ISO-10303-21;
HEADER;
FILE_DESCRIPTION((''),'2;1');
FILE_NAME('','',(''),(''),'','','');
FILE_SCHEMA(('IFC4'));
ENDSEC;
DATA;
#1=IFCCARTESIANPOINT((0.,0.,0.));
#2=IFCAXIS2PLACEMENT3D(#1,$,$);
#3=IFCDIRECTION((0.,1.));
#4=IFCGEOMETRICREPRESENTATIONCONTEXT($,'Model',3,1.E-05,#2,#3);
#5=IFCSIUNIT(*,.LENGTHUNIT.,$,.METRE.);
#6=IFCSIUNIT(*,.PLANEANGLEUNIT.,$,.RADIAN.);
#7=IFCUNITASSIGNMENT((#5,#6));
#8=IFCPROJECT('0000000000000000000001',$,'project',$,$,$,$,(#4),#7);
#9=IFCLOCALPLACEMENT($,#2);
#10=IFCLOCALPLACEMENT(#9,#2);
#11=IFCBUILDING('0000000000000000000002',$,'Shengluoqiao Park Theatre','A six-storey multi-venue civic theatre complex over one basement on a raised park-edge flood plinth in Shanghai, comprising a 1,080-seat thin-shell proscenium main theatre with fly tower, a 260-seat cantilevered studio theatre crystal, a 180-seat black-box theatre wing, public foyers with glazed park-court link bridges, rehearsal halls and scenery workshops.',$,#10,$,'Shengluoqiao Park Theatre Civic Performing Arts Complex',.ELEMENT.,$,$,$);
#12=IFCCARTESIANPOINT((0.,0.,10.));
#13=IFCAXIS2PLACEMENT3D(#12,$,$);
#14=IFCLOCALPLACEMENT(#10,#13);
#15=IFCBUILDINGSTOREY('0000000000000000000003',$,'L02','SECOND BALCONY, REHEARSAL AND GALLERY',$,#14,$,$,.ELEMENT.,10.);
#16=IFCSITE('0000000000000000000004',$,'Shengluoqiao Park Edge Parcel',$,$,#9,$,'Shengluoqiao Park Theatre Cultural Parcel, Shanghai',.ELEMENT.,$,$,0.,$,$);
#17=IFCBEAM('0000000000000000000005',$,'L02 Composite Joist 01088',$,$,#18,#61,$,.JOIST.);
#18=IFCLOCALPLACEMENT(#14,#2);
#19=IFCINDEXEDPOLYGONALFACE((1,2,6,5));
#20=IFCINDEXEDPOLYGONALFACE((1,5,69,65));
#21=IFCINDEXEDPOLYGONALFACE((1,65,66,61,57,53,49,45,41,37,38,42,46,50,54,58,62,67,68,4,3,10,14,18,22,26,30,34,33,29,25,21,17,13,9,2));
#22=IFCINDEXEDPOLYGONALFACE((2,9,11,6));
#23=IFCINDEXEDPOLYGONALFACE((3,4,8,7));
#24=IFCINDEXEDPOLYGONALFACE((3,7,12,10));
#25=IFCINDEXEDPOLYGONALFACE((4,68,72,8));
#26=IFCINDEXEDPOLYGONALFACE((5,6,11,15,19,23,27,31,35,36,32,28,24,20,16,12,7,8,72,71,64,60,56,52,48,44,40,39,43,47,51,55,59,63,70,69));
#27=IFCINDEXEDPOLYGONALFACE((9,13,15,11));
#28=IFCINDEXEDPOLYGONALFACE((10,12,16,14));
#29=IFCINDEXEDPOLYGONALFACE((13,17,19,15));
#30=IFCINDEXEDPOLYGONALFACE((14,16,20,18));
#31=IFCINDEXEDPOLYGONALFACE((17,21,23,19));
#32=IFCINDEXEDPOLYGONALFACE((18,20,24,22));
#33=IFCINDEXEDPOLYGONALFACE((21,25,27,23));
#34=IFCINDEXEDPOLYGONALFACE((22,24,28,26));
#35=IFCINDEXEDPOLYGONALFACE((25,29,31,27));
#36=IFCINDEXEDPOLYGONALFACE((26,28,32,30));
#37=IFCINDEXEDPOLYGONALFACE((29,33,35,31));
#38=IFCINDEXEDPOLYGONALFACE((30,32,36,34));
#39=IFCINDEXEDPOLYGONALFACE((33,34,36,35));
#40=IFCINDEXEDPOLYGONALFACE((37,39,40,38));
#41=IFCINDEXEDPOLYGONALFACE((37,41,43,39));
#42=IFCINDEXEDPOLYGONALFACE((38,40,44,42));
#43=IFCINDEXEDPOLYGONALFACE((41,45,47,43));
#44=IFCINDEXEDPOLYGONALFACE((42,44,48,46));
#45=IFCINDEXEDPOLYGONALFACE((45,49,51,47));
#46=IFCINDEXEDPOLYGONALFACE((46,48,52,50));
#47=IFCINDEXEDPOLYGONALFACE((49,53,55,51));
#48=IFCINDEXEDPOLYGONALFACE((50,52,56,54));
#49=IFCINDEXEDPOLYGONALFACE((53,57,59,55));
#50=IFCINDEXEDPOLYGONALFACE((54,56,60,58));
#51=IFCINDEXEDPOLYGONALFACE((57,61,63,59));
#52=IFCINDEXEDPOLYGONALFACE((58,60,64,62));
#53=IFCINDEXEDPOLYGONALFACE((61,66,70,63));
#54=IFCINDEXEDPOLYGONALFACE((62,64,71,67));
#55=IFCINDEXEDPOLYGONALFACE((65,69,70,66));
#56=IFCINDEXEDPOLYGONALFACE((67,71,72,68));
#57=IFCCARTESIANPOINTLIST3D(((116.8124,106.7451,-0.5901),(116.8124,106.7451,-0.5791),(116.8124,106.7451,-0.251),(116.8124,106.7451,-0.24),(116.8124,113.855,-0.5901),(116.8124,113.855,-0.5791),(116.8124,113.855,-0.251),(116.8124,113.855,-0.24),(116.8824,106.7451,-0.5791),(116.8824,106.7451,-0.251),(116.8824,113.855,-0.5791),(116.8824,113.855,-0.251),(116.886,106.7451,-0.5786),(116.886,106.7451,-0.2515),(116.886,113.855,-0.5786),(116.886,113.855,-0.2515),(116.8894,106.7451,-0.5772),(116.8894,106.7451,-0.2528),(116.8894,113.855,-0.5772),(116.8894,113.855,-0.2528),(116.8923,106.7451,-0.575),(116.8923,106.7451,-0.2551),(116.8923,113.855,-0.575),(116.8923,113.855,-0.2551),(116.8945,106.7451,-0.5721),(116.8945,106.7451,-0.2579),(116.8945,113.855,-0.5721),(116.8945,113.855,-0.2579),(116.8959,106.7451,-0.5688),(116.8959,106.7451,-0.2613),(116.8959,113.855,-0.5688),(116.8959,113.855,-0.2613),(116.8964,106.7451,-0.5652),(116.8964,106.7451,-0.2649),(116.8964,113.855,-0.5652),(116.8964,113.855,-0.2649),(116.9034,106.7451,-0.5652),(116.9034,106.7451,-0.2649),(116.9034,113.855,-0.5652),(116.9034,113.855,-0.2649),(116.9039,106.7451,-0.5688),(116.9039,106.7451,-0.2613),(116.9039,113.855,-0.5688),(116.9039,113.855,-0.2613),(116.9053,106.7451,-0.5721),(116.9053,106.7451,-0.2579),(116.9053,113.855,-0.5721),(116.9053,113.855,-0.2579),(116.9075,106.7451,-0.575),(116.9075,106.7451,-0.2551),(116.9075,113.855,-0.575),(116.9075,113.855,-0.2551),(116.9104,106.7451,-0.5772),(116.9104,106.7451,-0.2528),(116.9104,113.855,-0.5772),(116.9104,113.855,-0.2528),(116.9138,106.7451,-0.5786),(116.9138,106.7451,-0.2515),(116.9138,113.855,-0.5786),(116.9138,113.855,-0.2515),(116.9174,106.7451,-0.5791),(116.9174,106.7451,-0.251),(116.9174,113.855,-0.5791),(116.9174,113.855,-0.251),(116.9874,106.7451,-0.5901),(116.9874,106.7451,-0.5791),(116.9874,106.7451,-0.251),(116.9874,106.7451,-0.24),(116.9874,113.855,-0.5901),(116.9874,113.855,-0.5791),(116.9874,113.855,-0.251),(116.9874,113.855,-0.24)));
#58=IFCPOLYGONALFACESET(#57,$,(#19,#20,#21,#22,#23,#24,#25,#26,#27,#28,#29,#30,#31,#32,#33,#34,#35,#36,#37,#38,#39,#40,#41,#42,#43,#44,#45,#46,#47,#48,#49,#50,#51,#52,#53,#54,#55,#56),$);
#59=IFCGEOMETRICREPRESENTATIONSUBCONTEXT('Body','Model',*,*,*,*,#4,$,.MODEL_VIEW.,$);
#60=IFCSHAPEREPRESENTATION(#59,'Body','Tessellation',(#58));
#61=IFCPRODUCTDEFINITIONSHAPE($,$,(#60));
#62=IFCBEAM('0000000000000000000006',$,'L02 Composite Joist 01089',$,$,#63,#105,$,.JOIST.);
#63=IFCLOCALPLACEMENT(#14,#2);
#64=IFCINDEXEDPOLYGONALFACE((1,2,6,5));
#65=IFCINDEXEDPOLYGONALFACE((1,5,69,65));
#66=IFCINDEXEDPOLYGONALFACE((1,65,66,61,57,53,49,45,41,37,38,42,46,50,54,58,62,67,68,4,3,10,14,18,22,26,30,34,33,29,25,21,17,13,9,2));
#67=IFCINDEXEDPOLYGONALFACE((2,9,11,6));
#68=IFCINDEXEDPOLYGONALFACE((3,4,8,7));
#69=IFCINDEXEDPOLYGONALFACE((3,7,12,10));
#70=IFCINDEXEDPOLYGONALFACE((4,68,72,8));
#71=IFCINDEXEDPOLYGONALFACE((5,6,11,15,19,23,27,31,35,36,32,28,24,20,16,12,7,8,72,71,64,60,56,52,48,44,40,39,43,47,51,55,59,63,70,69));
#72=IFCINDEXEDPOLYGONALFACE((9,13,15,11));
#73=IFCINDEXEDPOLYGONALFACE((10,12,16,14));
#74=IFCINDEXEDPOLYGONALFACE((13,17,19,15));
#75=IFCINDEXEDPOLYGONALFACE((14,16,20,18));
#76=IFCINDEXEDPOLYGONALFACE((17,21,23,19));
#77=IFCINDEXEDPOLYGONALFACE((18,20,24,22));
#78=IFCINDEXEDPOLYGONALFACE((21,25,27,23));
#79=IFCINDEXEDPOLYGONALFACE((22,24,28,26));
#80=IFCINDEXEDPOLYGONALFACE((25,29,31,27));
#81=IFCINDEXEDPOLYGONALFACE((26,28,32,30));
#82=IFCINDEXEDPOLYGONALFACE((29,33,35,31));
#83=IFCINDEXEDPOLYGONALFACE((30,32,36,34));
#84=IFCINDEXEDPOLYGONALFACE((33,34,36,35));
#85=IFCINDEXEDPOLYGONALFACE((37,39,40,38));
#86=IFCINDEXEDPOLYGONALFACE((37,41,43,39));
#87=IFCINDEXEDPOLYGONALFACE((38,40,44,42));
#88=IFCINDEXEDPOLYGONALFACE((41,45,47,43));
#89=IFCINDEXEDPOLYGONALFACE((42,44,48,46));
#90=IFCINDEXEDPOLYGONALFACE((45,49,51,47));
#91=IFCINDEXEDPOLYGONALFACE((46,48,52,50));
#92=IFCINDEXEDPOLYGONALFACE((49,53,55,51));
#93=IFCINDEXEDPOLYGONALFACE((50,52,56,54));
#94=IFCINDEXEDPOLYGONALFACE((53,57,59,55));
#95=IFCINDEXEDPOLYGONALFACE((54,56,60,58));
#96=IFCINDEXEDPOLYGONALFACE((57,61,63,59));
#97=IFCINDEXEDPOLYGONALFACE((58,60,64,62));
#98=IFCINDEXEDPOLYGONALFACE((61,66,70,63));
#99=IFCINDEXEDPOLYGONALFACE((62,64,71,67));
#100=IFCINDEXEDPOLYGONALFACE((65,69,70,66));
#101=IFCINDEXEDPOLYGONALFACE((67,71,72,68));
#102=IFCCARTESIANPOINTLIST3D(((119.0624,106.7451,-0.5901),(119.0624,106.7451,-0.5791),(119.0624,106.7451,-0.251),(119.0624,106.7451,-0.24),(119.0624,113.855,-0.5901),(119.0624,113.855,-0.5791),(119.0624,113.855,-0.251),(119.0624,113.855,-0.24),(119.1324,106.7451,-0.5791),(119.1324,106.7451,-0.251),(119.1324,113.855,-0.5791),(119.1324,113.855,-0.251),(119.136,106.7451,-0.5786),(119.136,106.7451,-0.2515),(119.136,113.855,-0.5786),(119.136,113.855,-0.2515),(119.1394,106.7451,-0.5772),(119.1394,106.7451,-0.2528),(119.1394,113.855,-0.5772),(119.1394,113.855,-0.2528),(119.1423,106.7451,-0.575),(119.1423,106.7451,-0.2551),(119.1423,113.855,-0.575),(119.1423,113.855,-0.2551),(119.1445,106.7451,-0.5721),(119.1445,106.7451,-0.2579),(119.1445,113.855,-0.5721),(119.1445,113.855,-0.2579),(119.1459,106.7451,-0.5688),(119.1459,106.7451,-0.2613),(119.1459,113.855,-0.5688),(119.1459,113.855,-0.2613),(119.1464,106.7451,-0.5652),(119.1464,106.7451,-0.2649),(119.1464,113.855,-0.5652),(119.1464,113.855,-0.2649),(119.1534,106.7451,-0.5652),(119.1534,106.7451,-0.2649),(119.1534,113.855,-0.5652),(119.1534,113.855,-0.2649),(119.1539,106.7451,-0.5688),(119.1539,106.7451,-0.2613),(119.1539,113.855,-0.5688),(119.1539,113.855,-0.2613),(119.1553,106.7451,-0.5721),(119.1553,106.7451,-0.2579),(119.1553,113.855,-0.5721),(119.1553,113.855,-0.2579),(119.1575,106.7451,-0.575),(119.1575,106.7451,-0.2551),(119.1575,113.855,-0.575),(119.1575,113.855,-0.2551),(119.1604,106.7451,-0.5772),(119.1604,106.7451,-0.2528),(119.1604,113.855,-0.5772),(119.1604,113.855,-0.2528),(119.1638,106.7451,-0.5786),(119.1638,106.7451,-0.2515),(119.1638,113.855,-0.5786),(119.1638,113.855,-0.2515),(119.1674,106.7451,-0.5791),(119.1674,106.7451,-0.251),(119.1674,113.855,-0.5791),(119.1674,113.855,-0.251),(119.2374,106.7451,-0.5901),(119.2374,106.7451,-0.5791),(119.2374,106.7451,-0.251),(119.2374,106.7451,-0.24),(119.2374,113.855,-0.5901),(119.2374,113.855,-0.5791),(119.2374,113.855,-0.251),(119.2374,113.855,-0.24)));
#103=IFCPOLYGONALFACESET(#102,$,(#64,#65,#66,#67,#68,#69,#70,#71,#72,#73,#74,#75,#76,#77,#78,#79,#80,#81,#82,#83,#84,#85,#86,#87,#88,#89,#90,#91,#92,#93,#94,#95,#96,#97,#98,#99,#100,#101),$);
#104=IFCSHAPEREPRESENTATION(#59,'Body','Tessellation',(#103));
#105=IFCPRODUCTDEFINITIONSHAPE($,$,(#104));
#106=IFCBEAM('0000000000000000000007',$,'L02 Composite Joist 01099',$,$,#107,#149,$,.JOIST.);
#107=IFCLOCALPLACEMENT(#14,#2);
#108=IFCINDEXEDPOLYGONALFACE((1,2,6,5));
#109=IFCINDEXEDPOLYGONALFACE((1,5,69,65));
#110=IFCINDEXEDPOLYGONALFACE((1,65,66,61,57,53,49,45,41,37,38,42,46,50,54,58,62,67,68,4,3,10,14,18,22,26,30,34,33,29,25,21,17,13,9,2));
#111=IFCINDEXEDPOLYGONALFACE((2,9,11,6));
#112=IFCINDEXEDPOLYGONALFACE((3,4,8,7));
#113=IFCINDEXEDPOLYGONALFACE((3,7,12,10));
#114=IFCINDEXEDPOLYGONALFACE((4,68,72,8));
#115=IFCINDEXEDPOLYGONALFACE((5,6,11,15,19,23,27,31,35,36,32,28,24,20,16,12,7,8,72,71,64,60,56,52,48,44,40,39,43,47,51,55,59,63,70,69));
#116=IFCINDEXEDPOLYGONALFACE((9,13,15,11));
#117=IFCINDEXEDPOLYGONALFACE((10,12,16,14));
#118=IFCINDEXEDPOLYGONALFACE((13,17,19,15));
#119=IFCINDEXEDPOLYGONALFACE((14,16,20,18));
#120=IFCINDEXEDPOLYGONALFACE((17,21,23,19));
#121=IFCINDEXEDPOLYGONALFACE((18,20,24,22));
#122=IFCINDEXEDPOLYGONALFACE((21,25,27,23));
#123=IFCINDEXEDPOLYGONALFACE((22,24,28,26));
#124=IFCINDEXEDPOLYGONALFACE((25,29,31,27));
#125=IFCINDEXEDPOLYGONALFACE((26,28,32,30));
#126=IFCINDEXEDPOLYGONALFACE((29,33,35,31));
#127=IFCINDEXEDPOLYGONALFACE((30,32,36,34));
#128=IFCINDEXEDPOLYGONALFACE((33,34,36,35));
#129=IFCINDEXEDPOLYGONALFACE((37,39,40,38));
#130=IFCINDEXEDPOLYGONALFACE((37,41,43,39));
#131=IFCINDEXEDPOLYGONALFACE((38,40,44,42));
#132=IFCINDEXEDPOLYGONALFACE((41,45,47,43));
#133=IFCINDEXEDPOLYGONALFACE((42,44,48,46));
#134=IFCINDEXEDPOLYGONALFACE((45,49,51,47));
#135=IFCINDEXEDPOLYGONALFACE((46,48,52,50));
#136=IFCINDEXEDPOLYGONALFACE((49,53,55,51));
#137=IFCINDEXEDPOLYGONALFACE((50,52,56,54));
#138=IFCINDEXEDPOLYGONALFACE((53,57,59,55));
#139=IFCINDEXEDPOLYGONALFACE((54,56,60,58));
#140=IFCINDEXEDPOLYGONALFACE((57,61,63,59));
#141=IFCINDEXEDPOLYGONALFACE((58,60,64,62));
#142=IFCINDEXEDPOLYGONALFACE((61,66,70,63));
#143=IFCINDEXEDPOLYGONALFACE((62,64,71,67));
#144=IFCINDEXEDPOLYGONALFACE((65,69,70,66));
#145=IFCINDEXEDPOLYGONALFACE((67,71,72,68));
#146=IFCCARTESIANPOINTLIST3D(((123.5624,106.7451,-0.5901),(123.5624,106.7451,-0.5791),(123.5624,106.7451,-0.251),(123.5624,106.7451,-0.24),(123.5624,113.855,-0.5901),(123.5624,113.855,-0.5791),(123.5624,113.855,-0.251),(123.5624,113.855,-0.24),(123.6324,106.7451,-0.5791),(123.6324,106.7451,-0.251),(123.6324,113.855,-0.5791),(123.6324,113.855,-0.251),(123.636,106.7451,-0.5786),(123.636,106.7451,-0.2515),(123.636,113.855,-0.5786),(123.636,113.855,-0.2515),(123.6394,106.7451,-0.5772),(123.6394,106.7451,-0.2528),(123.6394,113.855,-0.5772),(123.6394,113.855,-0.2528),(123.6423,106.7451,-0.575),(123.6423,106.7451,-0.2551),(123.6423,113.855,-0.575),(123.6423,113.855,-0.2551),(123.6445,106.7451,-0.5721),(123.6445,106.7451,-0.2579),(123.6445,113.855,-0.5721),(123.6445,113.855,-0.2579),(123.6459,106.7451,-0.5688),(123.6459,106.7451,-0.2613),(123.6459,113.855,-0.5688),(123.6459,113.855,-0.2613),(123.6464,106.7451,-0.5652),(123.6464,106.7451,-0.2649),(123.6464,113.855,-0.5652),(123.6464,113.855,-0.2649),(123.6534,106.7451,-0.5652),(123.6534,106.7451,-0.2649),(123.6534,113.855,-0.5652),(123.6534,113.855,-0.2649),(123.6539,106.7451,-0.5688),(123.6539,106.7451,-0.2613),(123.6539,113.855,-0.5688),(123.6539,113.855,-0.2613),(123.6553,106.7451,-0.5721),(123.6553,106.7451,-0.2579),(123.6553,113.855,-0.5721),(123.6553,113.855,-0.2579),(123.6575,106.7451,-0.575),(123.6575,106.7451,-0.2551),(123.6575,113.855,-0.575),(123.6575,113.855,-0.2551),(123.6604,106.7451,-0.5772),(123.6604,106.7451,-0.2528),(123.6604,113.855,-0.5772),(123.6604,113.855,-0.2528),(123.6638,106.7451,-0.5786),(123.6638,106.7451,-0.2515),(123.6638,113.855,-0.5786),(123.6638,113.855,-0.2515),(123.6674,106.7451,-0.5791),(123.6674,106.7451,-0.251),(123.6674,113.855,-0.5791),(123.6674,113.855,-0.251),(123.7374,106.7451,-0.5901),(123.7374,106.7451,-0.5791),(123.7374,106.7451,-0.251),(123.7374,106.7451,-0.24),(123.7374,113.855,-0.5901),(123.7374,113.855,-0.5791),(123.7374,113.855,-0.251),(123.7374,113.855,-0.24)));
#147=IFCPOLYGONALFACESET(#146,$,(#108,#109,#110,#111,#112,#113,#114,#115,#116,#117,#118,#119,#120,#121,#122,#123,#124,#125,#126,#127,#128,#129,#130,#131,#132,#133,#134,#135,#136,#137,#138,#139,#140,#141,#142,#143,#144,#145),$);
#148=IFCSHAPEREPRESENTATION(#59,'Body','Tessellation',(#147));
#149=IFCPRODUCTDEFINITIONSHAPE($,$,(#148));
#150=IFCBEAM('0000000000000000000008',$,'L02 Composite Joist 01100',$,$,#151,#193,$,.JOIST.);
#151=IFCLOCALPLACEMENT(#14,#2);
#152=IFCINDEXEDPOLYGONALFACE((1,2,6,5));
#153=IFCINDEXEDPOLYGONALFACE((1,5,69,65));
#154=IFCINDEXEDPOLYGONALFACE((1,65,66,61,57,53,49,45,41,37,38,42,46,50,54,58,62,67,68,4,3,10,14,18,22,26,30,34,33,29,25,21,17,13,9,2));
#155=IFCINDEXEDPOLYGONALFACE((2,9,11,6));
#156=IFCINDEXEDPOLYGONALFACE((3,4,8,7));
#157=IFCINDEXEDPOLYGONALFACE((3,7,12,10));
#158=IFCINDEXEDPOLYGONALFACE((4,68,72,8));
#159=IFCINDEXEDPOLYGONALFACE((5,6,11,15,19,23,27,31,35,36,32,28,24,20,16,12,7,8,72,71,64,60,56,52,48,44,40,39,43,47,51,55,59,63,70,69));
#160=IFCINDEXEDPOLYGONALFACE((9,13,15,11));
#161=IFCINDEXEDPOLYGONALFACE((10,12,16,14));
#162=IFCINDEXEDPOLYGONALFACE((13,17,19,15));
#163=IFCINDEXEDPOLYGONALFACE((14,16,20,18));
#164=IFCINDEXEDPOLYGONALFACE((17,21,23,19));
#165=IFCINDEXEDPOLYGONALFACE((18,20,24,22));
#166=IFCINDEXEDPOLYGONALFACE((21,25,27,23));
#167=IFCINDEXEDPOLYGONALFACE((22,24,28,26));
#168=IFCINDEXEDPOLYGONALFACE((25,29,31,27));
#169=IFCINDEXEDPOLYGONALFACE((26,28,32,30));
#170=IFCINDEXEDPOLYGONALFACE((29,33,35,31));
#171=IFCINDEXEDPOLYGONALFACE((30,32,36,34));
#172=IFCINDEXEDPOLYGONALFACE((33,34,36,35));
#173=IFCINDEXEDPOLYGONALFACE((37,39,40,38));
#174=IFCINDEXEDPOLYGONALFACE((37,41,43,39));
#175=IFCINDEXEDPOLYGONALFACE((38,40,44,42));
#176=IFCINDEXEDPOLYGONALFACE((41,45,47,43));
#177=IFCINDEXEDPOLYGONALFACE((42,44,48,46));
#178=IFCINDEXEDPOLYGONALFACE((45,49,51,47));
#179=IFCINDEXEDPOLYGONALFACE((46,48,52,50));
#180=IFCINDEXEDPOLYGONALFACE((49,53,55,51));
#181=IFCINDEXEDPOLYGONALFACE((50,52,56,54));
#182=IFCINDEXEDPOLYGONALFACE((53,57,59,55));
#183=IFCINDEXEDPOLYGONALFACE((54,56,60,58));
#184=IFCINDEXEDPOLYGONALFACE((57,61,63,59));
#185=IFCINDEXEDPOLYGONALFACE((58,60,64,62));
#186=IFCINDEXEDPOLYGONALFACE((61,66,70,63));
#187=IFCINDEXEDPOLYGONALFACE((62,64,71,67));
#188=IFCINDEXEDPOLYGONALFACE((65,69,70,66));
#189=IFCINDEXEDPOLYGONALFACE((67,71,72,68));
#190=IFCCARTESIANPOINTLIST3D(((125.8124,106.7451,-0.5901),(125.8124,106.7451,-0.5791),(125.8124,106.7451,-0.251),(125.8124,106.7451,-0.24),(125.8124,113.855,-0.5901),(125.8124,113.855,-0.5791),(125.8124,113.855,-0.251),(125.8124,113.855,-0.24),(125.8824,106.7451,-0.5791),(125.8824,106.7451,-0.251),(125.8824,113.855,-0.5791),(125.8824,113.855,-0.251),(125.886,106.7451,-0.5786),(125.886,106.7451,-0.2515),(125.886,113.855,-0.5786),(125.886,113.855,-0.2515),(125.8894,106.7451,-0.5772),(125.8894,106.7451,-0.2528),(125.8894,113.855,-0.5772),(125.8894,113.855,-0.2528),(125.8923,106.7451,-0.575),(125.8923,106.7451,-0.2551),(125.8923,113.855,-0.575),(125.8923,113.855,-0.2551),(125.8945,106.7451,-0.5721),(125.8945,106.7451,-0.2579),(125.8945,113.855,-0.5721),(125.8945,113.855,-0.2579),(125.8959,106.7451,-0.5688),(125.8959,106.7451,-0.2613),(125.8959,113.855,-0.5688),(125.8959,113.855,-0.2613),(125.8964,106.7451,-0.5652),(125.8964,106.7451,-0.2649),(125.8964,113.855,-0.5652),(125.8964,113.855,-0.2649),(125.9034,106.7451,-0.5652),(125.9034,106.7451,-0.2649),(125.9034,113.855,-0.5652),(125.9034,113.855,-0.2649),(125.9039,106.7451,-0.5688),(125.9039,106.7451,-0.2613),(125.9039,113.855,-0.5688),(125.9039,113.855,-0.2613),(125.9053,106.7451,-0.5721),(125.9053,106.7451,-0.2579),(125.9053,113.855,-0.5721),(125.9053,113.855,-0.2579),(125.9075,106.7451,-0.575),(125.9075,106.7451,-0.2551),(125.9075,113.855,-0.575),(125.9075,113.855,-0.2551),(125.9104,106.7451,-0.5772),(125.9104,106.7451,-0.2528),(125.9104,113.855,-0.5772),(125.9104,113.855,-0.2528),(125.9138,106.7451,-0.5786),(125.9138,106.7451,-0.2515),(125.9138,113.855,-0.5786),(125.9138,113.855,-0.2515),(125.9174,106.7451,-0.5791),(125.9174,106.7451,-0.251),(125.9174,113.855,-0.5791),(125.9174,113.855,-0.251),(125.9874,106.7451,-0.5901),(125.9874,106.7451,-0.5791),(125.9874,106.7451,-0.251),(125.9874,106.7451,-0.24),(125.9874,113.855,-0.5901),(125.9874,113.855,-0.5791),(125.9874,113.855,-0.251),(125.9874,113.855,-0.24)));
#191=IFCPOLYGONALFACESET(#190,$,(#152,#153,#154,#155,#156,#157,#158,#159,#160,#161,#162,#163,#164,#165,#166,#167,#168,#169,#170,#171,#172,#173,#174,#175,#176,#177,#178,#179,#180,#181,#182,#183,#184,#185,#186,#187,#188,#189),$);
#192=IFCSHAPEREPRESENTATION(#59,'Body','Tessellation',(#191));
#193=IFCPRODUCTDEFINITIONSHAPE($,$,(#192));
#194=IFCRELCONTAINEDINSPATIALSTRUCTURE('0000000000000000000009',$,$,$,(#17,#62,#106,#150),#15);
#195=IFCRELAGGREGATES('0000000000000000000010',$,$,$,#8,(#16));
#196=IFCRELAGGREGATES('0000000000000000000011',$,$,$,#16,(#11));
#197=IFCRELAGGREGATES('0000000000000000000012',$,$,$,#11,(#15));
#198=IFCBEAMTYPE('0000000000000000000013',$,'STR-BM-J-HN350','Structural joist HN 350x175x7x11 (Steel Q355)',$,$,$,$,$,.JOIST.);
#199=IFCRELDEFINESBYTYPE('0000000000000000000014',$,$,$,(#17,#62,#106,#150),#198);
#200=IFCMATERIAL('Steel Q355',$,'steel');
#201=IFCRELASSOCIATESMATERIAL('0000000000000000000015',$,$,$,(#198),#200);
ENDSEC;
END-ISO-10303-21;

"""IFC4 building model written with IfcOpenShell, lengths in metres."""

from ifc_helpers import new_model, si_unit, direction, frame, origin, origin_2d, place, context, subcontext, project, spatial, i_section, extrude, material, material_profile, profile_set, type_object, element, save


model = new_model("IFC4")

# Units and contexts
model_context = context("Model", 3, precision=1e-05, world=origin(), true_north=direction((0.0, 1.0)))
body_context = subcontext(model_context, "Body", "Model", "MODEL_VIEW")
ifc_project = project(units=[si_unit("LENGTHUNIT", "METRE"), si_unit("PLANEANGLEUNIT", "RADIAN")], contexts=[model_context])

# Site, building, storey
site_placement = place(None, origin())
site = spatial("IfcSite", under=ifc_project, at=site_placement, Name="Shengluoqiao Park Edge Parcel", LongName="Shengluoqiao Park Theatre Cultural Parcel, Shanghai", CompositionType="ELEMENT", RefElevation=0.0)
building_placement = place(site_placement, origin())
building = spatial("IfcBuilding", under=site, at=building_placement, Name="Shengluoqiao Park Theatre", Description="A six-storey multi-venue civic theatre complex over one basement on a raised park-edge flood plinth in Shanghai, comprising a 1,080-seat thin-shell proscenium main theatre with fly tower, a 260-seat cantilevered studio theatre crystal, a 180-seat black-box theatre wing, public foyers with glazed park-court link bridges, rehearsal halls and scenery workshops.", LongName="Shengluoqiao Park Theatre Civic Performing Arts Complex", CompositionType="ELEMENT")
storey_placement = place(building_placement, frame((0.0, 0.0, 10.0)))
storey = spatial("IfcBuildingStorey", under=building, at=storey_placement, Name="L02", Description="SECOND BALCONY, REHEARSAL AND GALLERY", CompositionType="ELEMENT", Elevation=10.0)

# Beams
ifc_material_1 = material(Name="Steel Q355", Category="steel")
ifc_material_profile_1 = material_profile(ifc_material_1, i_section(OverallWidth=0.175, OverallDepth=0.3501, WebThickness=0.0071, FlangeThickness=0.011, FilletRadius=0.0139, at=origin_2d()), Name="HN 350x175x7x11")
ifc_profile_set_1 = profile_set([ifc_material_profile_1], Name="Steel Q355")
beam_type_1 = type_object("IfcBeamType", Name="STR-BM-J-HN350", Description="Structural joist HN 350x175x7x11 (Steel Q355)", PredefinedType="JOIST", material=ifc_profile_set_1)
for number, where, z_axis, x_axis, name in (
    (1, (116.8999, 106.7451, -0.415), (0.0, 1.0, 0.0), (-1.0, 0.0, 0.0), "L02 Composite Joist 01088"),
    (2, (119.1499, 106.7451, -0.415), (0.0, 1.0, 0.0), (-1.0, 0.0, 0.0), "L02 Composite Joist 01089"),
    (3, (123.6499, 106.7451, -0.415), (0.0, 1.0, 0.0), (-1.0, 0.0, 0.0), "L02 Composite Joist 01099"),
    (4, (125.8999, 106.7451, -0.415), (0.0, 1.0, 0.0), (-1.0, 0.0, 0.0), "L02 Composite Joist 01100"),
):
    element("IfcBeam", number, at=place(storey_placement, frame(where, z_axis=z_axis, x_axis=x_axis)), inside=storey, type_object=beam_type_1, Name=name, PredefinedType="JOIST", context=body_context, shape_type="SweptSolid", body=[
        extrude(i_section(OverallWidth=0.175, OverallDepth=0.3501, WebThickness=0.0071, FlangeThickness=0.011, FilletRadius=0.0139, at=origin_2d()), origin(), (0.0, 0.0, 1.0), 7.1099),
    ])

save(model, "model.ifc")
